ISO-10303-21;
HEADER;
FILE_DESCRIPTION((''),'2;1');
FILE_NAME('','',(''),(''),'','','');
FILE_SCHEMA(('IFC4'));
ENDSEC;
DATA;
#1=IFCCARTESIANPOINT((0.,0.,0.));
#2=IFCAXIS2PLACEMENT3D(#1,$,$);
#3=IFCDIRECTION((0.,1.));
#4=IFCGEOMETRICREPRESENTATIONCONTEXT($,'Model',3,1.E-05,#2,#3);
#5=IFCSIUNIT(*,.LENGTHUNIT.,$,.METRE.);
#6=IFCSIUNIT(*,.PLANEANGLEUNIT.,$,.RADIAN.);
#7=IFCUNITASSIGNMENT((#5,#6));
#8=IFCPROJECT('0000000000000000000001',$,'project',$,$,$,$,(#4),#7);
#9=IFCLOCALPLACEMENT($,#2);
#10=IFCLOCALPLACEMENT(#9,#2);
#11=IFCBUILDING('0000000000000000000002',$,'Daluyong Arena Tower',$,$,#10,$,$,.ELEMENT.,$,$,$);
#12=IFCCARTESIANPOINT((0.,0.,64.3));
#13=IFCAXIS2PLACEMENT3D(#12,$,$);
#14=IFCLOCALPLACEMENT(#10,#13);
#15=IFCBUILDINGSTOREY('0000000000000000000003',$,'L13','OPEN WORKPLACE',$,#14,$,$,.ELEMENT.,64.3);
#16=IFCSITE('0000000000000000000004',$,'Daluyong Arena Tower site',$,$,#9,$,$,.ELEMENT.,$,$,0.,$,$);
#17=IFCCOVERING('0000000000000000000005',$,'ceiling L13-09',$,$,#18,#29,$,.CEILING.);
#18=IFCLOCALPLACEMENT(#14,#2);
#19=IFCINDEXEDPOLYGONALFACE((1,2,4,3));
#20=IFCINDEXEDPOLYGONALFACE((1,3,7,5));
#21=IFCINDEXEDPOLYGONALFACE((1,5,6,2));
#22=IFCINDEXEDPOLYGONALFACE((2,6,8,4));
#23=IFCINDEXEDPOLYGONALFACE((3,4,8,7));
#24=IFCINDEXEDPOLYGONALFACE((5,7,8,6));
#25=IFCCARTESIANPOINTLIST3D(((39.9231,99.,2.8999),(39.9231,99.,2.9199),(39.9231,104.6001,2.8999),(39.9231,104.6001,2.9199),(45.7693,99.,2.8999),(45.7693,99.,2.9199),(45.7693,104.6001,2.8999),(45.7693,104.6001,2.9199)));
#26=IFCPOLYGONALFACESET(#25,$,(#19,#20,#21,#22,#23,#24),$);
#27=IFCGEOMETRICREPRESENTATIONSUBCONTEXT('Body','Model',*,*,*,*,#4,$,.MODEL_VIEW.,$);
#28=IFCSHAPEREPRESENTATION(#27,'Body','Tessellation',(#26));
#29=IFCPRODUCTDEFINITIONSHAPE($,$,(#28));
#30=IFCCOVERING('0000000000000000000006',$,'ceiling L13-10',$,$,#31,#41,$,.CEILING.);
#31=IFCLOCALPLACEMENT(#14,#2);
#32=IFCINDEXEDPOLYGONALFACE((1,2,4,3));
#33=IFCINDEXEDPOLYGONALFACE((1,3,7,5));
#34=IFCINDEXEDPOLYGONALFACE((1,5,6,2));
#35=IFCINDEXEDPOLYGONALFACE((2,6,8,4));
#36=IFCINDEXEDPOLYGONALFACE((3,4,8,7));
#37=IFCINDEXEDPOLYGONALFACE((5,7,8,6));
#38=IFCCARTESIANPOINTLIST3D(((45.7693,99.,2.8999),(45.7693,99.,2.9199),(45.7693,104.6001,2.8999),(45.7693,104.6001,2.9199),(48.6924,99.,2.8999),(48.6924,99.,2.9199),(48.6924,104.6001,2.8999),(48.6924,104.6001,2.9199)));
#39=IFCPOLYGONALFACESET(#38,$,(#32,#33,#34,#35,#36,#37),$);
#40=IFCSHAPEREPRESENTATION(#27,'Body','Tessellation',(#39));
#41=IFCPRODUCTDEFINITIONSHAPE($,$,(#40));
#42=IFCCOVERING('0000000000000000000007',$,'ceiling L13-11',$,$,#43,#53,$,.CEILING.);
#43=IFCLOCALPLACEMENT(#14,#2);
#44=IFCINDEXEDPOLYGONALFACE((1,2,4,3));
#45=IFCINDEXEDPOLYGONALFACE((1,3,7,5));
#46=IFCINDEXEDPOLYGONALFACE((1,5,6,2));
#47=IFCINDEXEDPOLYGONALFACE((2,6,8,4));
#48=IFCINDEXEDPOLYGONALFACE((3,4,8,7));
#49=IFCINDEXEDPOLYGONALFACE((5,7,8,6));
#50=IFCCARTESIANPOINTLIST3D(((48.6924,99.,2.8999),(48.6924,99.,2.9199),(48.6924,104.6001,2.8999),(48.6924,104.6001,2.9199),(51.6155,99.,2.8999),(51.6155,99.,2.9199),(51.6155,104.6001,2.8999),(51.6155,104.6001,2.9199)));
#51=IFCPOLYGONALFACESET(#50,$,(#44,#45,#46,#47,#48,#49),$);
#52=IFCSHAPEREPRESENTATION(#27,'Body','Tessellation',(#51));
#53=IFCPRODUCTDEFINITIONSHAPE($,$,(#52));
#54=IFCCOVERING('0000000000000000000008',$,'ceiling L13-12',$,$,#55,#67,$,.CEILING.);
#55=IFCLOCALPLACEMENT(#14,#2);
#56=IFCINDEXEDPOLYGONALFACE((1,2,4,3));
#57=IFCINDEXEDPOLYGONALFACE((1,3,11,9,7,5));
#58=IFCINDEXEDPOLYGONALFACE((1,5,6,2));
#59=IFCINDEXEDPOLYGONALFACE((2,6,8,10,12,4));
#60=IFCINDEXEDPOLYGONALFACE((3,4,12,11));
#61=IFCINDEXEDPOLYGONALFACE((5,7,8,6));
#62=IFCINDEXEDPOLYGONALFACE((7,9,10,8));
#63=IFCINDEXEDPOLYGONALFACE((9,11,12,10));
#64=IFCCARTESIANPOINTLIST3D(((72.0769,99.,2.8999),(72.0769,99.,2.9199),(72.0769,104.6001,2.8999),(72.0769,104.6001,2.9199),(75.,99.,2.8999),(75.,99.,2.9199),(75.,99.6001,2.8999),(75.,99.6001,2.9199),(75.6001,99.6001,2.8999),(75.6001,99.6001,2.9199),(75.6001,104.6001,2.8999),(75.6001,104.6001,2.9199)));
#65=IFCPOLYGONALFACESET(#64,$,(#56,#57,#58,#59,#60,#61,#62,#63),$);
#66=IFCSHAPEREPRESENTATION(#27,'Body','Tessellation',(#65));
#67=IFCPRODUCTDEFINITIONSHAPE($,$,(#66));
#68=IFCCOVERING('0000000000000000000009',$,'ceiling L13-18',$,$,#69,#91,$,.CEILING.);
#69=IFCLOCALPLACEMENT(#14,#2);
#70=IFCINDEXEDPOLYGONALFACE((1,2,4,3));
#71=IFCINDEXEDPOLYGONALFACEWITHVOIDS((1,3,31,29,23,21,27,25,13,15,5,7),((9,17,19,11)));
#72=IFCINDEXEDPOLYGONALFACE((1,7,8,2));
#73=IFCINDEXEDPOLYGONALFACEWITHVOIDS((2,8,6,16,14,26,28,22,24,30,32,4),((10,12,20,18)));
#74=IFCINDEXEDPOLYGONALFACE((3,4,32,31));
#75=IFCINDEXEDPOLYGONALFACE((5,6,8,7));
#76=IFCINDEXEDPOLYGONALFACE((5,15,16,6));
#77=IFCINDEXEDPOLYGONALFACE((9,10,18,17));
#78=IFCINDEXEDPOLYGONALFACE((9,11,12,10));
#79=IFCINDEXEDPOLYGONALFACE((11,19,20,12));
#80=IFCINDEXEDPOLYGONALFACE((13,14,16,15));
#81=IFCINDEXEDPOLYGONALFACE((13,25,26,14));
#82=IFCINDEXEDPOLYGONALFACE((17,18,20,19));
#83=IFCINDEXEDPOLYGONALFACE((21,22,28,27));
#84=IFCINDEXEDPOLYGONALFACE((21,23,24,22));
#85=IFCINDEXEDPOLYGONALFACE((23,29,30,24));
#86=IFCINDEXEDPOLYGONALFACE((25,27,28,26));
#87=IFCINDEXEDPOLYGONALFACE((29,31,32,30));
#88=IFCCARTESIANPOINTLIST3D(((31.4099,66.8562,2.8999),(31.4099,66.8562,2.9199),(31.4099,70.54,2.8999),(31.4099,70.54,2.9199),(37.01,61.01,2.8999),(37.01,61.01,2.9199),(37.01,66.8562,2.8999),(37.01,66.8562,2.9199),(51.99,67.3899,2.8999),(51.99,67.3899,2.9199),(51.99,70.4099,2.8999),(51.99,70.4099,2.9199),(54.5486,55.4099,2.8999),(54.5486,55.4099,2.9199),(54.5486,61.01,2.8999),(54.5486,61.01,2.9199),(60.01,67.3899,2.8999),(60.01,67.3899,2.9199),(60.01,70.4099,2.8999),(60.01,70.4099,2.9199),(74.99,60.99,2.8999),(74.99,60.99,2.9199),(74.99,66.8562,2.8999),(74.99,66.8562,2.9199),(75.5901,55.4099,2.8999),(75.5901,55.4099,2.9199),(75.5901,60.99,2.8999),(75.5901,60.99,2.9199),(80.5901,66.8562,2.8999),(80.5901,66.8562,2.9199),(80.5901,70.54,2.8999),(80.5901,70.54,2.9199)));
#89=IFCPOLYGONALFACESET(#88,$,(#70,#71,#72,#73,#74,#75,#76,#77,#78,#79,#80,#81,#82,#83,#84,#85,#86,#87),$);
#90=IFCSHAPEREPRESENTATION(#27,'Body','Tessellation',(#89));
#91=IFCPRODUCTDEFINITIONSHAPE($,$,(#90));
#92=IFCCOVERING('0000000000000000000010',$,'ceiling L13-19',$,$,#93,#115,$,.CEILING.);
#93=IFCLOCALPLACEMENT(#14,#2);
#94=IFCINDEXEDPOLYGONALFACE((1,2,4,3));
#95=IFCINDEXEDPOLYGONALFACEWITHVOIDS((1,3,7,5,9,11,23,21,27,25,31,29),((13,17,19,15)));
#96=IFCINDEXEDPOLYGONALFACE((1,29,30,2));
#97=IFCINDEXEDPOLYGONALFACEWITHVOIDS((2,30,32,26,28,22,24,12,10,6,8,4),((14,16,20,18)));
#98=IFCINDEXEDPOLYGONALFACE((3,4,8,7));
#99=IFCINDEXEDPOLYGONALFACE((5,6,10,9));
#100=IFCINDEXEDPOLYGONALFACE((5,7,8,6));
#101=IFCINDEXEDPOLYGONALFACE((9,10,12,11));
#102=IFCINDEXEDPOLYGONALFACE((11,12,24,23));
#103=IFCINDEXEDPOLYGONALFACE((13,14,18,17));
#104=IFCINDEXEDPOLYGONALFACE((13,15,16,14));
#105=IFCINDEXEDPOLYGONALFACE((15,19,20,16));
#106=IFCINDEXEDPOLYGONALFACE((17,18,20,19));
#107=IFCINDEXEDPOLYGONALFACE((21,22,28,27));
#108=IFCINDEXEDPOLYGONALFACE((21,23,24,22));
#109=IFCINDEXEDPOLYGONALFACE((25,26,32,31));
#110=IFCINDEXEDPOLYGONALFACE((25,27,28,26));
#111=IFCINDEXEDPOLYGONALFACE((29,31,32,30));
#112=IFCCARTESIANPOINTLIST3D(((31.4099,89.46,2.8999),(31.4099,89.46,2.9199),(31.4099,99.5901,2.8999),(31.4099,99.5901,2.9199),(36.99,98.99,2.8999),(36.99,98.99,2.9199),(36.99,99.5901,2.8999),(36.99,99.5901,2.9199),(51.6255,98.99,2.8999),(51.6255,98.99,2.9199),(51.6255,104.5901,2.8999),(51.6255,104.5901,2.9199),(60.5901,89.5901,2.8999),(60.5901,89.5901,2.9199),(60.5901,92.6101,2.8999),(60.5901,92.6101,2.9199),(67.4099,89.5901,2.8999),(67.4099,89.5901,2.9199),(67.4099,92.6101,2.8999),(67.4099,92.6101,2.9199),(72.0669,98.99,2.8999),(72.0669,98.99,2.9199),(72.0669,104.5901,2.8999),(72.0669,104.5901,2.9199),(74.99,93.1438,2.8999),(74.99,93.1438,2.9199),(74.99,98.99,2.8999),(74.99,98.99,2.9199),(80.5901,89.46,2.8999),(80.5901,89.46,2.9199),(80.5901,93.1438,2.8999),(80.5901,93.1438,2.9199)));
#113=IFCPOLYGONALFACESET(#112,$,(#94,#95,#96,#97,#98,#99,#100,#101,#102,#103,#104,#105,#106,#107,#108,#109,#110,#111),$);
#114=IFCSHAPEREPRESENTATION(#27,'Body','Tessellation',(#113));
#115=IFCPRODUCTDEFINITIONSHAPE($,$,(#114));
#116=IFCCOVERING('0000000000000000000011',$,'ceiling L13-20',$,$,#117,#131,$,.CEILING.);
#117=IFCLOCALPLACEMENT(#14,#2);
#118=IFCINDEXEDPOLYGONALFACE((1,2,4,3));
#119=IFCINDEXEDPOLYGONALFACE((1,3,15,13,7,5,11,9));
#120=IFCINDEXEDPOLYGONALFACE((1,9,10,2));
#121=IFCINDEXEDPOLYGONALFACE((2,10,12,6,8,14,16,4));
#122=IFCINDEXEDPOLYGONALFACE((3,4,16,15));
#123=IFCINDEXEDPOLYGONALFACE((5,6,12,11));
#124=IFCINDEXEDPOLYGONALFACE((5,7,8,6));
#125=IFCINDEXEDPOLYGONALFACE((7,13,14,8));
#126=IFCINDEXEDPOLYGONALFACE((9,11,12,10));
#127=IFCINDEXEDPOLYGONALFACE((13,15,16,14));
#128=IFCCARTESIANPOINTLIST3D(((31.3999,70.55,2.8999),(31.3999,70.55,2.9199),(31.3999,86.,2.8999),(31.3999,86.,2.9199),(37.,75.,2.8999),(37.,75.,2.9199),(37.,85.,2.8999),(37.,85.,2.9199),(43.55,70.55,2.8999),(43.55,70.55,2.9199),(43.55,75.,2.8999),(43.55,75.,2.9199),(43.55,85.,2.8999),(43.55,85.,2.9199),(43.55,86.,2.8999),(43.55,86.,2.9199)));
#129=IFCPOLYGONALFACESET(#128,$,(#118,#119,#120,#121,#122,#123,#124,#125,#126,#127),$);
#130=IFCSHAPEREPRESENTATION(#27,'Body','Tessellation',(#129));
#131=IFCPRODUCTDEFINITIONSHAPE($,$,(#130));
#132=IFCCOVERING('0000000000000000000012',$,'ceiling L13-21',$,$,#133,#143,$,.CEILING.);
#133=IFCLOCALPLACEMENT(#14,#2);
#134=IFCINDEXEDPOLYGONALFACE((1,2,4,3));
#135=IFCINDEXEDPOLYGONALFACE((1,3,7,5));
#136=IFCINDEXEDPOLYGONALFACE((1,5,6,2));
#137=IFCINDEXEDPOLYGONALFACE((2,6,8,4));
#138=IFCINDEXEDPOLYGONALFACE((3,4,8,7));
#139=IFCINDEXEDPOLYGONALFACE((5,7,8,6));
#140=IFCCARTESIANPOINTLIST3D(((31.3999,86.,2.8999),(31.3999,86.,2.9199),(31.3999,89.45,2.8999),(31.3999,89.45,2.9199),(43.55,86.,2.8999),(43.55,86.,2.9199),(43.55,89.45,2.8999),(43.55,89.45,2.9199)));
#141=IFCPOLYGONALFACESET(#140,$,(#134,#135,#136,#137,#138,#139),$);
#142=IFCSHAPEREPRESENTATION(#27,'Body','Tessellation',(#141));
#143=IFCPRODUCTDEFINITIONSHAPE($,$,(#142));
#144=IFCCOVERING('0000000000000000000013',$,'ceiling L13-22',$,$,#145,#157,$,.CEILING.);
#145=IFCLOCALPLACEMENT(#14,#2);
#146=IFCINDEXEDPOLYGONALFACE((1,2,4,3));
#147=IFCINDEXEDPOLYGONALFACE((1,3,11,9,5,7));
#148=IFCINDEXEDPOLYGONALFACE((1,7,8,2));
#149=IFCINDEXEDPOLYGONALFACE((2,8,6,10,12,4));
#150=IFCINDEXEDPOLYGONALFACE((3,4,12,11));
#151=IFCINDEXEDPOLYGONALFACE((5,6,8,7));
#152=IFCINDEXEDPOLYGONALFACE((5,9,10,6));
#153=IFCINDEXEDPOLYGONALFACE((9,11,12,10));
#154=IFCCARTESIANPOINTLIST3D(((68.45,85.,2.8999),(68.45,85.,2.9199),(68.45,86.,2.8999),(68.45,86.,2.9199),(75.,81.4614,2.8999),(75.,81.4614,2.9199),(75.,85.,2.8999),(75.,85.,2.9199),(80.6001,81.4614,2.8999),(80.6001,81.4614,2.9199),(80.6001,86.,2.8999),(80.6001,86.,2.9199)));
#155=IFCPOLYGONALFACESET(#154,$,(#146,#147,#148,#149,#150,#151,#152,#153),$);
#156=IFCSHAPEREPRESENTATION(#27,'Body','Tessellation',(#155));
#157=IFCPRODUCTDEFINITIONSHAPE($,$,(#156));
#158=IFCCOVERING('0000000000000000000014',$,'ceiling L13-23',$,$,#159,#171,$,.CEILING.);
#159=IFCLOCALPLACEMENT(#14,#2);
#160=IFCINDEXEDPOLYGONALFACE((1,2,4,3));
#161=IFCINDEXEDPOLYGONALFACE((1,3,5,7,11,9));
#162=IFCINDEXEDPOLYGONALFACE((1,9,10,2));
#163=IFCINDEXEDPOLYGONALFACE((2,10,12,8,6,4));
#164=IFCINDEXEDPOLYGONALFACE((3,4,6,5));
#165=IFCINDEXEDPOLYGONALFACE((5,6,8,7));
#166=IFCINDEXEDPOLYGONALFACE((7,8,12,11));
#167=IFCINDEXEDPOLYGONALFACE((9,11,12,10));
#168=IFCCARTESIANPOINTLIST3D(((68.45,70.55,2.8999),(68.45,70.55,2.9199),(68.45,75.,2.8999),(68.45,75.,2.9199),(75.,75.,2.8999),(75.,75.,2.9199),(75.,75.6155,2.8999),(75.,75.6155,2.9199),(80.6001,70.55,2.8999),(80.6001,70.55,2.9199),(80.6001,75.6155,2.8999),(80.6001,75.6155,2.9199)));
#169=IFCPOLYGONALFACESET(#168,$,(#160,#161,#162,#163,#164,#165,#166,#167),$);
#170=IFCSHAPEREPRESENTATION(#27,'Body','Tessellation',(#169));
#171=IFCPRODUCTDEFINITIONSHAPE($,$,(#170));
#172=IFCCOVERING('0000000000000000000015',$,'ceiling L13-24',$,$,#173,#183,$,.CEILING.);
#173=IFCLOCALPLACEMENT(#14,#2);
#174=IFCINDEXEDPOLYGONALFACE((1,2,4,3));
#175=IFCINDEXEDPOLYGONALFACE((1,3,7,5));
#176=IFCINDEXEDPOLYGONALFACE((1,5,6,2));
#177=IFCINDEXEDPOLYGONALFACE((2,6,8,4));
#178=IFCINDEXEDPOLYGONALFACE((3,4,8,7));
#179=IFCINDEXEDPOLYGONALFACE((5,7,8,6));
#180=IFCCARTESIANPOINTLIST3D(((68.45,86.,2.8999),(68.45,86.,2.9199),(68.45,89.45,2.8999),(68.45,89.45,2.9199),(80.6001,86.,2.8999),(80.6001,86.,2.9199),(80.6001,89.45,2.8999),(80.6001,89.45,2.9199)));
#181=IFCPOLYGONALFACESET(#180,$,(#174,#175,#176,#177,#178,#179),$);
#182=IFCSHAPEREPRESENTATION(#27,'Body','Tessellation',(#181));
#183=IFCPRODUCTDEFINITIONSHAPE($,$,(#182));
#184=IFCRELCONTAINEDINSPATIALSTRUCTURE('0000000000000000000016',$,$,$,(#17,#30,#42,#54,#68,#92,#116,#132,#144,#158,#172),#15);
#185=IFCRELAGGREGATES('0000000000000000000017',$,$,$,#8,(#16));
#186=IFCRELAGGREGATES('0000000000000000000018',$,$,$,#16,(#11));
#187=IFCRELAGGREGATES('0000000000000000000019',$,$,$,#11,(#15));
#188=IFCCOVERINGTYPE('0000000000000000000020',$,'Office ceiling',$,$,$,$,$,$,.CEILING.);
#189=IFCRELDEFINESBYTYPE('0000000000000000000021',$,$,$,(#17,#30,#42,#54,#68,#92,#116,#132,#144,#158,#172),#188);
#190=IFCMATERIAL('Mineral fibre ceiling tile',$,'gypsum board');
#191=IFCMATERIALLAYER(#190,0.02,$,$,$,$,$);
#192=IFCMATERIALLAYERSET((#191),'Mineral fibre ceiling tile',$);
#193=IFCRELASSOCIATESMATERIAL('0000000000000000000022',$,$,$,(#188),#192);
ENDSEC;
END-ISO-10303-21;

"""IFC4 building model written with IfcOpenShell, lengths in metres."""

from ifc_helpers import new_model, si_unit, direction, frame, origin, place, context, subcontext, project, spatial, polyline, outline, extrude, material, layer, layer_set, type_object, element, save


model = new_model("IFC4")

# Units and contexts
model_context = context("Model", 3, precision=1e-05, world=origin(), true_north=direction((0.0, 1.0)))
body_context = subcontext(model_context, "Body", "Model", "MODEL_VIEW")
ifc_project = project(units=[si_unit("LENGTHUNIT", "METRE"), si_unit("PLANEANGLEUNIT", "RADIAN")], contexts=[model_context])

# Site, building, storey
site_placement = place(None, origin())
site = spatial("IfcSite", under=ifc_project, at=site_placement, Name="Daluyong Arena Tower site", CompositionType="ELEMENT", RefElevation=0.0)
building_placement = place(site_placement, origin())
building = spatial("IfcBuilding", under=site, at=building_placement, Name="Daluyong Arena Tower", CompositionType="ELEMENT")
storey_placement = place(building_placement, frame((0.0, 0.0, 64.3)))
storey = spatial("IfcBuildingStorey", under=building, at=storey_placement, Name="L13", Description="OPEN WORKPLACE", CompositionType="ELEMENT", Elevation=64.3)

# Coverings
ifc_material_1 = material(Name="Mineral fibre ceiling tile", Category="gypsum board")
ifc_layer_1 = layer(ifc_material_1, 0.02)
ifc_layer_set_1 = layer_set([ifc_layer_1], Name="Mineral fibre ceiling tile")
covering_type = type_object("IfcCoveringType", Name="Office ceiling", PredefinedType="CEILING", material=ifc_layer_set_1)
covering_1_placement = place(storey_placement, frame((0.0, 0.0, 2.8999)))
element("IfcCovering", 1, at=covering_1_placement, inside=storey, type_object=covering_type, Name="ceiling L13-09", PredefinedType="CEILING", context=body_context, shape_type="SweptSolid", body=[
    extrude(outline(polyline([(45.7693, 99.0), (45.7693, 104.6001), (39.9231, 104.6001), (39.9231, 99.0), (45.7693, 99.0)])), origin(), (0.0, 0.0, 1.0), 0.02),
])
covering_2_placement = place(storey_placement, frame((0.0, 0.0, 2.8999)))
element("IfcCovering", 2, at=covering_2_placement, inside=storey, type_object=covering_type, Name="ceiling L13-10", PredefinedType="CEILING", context=body_context, shape_type="SweptSolid", body=[
    extrude(outline(polyline([(48.6924, 99.0), (48.6924, 104.6001), (45.7693, 104.6001), (45.7693, 99.0), (48.6924, 99.0)])), origin(), (0.0, 0.0, 1.0), 0.02),
])
covering_3_placement = place(storey_placement, frame((0.0, 0.0, 2.8999)))
element("IfcCovering", 3, at=covering_3_placement, inside=storey, type_object=covering_type, Name="ceiling L13-11", PredefinedType="CEILING", context=body_context, shape_type="SweptSolid", body=[
    extrude(outline(polyline([(51.6155, 99.0), (51.6155, 104.6001), (48.6924, 104.6001), (48.6924, 99.0), (51.6155, 99.0)])), origin(), (0.0, 0.0, 1.0), 0.02),
])
covering_4_placement = place(storey_placement, frame((0.0, 0.0, 2.8999)))
element("IfcCovering", 4, at=covering_4_placement, inside=storey, type_object=covering_type, Name="ceiling L13-12", PredefinedType="CEILING", context=body_context, shape_type="SweptSolid", body=[
    extrude(outline(polyline([(72.0769, 99.0), (75.0, 99.0), (75.0, 99.6001), (75.6001, 99.6001), (75.6001, 104.6001), (72.0769, 104.6001), (72.0769, 99.0)])), origin(), (0.0, 0.0, 1.0), 0.02),
])
covering_5_placement = place(storey_placement, frame((0.0, 0.0, 2.8999)))
element("IfcCovering", 5, at=covering_5_placement, inside=storey, type_object=covering_type, Name="ceiling L13-18", PredefinedType="CEILING", context=body_context, shape_type="SweptSolid", body=[
    extrude(outline(polyline([(37.01, 61.01), (54.5486, 61.01), (54.5486, 55.4099), (75.5901, 55.4099), (75.5901, 60.99), (74.99, 60.99), (74.99, 66.8562), (80.5901, 66.8562), (80.5901, 70.54), (31.4099, 70.54), (31.4099, 66.8562), (37.01, 66.8562), (37.01, 61.01)]), holes=[polyline([(60.01, 67.3899), (51.99, 67.3899), (51.99, 70.4099), (60.01, 70.4099), (60.01, 67.3899)])]), origin(), (0.0, 0.0, 1.0), 0.02),
])
covering_6_placement = place(storey_placement, frame((0.0, 0.0, 2.8999)))
element("IfcCovering", 6, at=covering_6_placement, inside=storey, type_object=covering_type, Name="ceiling L13-19", PredefinedType="CEILING", context=body_context, shape_type="SweptSolid", body=[
    extrude(outline(polyline([(51.6255, 98.99), (36.99, 98.99), (36.99, 99.5901), (31.4099, 99.5901), (31.4099, 89.46), (80.5901, 89.46), (80.5901, 93.1438), (74.99, 93.1438), (74.99, 98.99), (72.0669, 98.99), (72.0669, 104.5901), (51.6255, 104.5901), (51.6255, 98.99)]), holes=[polyline([(67.4099, 89.5901), (60.5901, 89.5901), (60.5901, 92.6101), (67.4099, 92.6101), (67.4099, 89.5901)])]), origin(), (0.0, 0.0, 1.0), 0.02),
])
covering_7_placement = place(storey_placement, frame((0.0, 0.0, 2.8999)))
element("IfcCovering", 7, at=covering_7_placement, inside=storey, type_object=covering_type, Name="ceiling L13-20", PredefinedType="CEILING", context=body_context, shape_type="SweptSolid", body=[
    extrude(outline(polyline([(43.55, 85.0), (43.55, 86.0), (31.3999, 86.0), (31.3999, 70.55), (43.55, 70.55), (43.55, 75.0), (37.0, 75.0), (37.0, 85.0), (43.55, 85.0)])), origin(), (0.0, 0.0, 1.0), 0.02),
])
covering_8_placement = place(storey_placement, frame((0.0, 0.0, 2.8999)))
element("IfcCovering", 8, at=covering_8_placement, inside=storey, type_object=covering_type, Name="ceiling L13-21", PredefinedType="CEILING", context=body_context, shape_type="SweptSolid", body=[
    extrude(outline(polyline([(43.55, 86.0), (43.55, 89.45), (31.3999, 89.45), (31.3999, 86.0), (43.55, 86.0)])), origin(), (0.0, 0.0, 1.0), 0.02),
])
covering_9_placement = place(storey_placement, frame((0.0, 0.0, 2.8999)))
element("IfcCovering", 9, at=covering_9_placement, inside=storey, type_object=covering_type, Name="ceiling L13-22", PredefinedType="CEILING", context=body_context, shape_type="SweptSolid", body=[
    extrude(outline(polyline([(80.6001, 81.4614), (80.6001, 86.0), (68.45, 86.0), (68.45, 85.0), (75.0, 85.0), (75.0, 81.4614), (80.6001, 81.4614)])), origin(), (0.0, 0.0, 1.0), 0.02),
])
covering_10_placement = place(storey_placement, frame((0.0, 0.0, 2.8999)))
element("IfcCovering", 10, at=covering_10_placement, inside=storey, type_object=covering_type, Name="ceiling L13-23", PredefinedType="CEILING", context=body_context, shape_type="SweptSolid", body=[
    extrude(outline(polyline([(68.45, 75.0), (68.45, 70.55), (80.6001, 70.55), (80.6001, 75.6155), (75.0, 75.6155), (75.0, 75.0), (68.45, 75.0)])), origin(), (0.0, 0.0, 1.0), 0.02),
])
covering_11_placement = place(storey_placement, frame((0.0, 0.0, 2.8999)))
element("IfcCovering", 11, at=covering_11_placement, inside=storey, type_object=covering_type, Name="ceiling L13-24", PredefinedType="CEILING", context=body_context, shape_type="SweptSolid", body=[
    extrude(outline(polyline([(80.6001, 86.0), (80.6001, 89.45), (68.45, 89.45), (68.45, 86.0), (80.6001, 86.0)])), origin(), (0.0, 0.0, 1.0), 0.02),
])

save(model, "model.ifc")
